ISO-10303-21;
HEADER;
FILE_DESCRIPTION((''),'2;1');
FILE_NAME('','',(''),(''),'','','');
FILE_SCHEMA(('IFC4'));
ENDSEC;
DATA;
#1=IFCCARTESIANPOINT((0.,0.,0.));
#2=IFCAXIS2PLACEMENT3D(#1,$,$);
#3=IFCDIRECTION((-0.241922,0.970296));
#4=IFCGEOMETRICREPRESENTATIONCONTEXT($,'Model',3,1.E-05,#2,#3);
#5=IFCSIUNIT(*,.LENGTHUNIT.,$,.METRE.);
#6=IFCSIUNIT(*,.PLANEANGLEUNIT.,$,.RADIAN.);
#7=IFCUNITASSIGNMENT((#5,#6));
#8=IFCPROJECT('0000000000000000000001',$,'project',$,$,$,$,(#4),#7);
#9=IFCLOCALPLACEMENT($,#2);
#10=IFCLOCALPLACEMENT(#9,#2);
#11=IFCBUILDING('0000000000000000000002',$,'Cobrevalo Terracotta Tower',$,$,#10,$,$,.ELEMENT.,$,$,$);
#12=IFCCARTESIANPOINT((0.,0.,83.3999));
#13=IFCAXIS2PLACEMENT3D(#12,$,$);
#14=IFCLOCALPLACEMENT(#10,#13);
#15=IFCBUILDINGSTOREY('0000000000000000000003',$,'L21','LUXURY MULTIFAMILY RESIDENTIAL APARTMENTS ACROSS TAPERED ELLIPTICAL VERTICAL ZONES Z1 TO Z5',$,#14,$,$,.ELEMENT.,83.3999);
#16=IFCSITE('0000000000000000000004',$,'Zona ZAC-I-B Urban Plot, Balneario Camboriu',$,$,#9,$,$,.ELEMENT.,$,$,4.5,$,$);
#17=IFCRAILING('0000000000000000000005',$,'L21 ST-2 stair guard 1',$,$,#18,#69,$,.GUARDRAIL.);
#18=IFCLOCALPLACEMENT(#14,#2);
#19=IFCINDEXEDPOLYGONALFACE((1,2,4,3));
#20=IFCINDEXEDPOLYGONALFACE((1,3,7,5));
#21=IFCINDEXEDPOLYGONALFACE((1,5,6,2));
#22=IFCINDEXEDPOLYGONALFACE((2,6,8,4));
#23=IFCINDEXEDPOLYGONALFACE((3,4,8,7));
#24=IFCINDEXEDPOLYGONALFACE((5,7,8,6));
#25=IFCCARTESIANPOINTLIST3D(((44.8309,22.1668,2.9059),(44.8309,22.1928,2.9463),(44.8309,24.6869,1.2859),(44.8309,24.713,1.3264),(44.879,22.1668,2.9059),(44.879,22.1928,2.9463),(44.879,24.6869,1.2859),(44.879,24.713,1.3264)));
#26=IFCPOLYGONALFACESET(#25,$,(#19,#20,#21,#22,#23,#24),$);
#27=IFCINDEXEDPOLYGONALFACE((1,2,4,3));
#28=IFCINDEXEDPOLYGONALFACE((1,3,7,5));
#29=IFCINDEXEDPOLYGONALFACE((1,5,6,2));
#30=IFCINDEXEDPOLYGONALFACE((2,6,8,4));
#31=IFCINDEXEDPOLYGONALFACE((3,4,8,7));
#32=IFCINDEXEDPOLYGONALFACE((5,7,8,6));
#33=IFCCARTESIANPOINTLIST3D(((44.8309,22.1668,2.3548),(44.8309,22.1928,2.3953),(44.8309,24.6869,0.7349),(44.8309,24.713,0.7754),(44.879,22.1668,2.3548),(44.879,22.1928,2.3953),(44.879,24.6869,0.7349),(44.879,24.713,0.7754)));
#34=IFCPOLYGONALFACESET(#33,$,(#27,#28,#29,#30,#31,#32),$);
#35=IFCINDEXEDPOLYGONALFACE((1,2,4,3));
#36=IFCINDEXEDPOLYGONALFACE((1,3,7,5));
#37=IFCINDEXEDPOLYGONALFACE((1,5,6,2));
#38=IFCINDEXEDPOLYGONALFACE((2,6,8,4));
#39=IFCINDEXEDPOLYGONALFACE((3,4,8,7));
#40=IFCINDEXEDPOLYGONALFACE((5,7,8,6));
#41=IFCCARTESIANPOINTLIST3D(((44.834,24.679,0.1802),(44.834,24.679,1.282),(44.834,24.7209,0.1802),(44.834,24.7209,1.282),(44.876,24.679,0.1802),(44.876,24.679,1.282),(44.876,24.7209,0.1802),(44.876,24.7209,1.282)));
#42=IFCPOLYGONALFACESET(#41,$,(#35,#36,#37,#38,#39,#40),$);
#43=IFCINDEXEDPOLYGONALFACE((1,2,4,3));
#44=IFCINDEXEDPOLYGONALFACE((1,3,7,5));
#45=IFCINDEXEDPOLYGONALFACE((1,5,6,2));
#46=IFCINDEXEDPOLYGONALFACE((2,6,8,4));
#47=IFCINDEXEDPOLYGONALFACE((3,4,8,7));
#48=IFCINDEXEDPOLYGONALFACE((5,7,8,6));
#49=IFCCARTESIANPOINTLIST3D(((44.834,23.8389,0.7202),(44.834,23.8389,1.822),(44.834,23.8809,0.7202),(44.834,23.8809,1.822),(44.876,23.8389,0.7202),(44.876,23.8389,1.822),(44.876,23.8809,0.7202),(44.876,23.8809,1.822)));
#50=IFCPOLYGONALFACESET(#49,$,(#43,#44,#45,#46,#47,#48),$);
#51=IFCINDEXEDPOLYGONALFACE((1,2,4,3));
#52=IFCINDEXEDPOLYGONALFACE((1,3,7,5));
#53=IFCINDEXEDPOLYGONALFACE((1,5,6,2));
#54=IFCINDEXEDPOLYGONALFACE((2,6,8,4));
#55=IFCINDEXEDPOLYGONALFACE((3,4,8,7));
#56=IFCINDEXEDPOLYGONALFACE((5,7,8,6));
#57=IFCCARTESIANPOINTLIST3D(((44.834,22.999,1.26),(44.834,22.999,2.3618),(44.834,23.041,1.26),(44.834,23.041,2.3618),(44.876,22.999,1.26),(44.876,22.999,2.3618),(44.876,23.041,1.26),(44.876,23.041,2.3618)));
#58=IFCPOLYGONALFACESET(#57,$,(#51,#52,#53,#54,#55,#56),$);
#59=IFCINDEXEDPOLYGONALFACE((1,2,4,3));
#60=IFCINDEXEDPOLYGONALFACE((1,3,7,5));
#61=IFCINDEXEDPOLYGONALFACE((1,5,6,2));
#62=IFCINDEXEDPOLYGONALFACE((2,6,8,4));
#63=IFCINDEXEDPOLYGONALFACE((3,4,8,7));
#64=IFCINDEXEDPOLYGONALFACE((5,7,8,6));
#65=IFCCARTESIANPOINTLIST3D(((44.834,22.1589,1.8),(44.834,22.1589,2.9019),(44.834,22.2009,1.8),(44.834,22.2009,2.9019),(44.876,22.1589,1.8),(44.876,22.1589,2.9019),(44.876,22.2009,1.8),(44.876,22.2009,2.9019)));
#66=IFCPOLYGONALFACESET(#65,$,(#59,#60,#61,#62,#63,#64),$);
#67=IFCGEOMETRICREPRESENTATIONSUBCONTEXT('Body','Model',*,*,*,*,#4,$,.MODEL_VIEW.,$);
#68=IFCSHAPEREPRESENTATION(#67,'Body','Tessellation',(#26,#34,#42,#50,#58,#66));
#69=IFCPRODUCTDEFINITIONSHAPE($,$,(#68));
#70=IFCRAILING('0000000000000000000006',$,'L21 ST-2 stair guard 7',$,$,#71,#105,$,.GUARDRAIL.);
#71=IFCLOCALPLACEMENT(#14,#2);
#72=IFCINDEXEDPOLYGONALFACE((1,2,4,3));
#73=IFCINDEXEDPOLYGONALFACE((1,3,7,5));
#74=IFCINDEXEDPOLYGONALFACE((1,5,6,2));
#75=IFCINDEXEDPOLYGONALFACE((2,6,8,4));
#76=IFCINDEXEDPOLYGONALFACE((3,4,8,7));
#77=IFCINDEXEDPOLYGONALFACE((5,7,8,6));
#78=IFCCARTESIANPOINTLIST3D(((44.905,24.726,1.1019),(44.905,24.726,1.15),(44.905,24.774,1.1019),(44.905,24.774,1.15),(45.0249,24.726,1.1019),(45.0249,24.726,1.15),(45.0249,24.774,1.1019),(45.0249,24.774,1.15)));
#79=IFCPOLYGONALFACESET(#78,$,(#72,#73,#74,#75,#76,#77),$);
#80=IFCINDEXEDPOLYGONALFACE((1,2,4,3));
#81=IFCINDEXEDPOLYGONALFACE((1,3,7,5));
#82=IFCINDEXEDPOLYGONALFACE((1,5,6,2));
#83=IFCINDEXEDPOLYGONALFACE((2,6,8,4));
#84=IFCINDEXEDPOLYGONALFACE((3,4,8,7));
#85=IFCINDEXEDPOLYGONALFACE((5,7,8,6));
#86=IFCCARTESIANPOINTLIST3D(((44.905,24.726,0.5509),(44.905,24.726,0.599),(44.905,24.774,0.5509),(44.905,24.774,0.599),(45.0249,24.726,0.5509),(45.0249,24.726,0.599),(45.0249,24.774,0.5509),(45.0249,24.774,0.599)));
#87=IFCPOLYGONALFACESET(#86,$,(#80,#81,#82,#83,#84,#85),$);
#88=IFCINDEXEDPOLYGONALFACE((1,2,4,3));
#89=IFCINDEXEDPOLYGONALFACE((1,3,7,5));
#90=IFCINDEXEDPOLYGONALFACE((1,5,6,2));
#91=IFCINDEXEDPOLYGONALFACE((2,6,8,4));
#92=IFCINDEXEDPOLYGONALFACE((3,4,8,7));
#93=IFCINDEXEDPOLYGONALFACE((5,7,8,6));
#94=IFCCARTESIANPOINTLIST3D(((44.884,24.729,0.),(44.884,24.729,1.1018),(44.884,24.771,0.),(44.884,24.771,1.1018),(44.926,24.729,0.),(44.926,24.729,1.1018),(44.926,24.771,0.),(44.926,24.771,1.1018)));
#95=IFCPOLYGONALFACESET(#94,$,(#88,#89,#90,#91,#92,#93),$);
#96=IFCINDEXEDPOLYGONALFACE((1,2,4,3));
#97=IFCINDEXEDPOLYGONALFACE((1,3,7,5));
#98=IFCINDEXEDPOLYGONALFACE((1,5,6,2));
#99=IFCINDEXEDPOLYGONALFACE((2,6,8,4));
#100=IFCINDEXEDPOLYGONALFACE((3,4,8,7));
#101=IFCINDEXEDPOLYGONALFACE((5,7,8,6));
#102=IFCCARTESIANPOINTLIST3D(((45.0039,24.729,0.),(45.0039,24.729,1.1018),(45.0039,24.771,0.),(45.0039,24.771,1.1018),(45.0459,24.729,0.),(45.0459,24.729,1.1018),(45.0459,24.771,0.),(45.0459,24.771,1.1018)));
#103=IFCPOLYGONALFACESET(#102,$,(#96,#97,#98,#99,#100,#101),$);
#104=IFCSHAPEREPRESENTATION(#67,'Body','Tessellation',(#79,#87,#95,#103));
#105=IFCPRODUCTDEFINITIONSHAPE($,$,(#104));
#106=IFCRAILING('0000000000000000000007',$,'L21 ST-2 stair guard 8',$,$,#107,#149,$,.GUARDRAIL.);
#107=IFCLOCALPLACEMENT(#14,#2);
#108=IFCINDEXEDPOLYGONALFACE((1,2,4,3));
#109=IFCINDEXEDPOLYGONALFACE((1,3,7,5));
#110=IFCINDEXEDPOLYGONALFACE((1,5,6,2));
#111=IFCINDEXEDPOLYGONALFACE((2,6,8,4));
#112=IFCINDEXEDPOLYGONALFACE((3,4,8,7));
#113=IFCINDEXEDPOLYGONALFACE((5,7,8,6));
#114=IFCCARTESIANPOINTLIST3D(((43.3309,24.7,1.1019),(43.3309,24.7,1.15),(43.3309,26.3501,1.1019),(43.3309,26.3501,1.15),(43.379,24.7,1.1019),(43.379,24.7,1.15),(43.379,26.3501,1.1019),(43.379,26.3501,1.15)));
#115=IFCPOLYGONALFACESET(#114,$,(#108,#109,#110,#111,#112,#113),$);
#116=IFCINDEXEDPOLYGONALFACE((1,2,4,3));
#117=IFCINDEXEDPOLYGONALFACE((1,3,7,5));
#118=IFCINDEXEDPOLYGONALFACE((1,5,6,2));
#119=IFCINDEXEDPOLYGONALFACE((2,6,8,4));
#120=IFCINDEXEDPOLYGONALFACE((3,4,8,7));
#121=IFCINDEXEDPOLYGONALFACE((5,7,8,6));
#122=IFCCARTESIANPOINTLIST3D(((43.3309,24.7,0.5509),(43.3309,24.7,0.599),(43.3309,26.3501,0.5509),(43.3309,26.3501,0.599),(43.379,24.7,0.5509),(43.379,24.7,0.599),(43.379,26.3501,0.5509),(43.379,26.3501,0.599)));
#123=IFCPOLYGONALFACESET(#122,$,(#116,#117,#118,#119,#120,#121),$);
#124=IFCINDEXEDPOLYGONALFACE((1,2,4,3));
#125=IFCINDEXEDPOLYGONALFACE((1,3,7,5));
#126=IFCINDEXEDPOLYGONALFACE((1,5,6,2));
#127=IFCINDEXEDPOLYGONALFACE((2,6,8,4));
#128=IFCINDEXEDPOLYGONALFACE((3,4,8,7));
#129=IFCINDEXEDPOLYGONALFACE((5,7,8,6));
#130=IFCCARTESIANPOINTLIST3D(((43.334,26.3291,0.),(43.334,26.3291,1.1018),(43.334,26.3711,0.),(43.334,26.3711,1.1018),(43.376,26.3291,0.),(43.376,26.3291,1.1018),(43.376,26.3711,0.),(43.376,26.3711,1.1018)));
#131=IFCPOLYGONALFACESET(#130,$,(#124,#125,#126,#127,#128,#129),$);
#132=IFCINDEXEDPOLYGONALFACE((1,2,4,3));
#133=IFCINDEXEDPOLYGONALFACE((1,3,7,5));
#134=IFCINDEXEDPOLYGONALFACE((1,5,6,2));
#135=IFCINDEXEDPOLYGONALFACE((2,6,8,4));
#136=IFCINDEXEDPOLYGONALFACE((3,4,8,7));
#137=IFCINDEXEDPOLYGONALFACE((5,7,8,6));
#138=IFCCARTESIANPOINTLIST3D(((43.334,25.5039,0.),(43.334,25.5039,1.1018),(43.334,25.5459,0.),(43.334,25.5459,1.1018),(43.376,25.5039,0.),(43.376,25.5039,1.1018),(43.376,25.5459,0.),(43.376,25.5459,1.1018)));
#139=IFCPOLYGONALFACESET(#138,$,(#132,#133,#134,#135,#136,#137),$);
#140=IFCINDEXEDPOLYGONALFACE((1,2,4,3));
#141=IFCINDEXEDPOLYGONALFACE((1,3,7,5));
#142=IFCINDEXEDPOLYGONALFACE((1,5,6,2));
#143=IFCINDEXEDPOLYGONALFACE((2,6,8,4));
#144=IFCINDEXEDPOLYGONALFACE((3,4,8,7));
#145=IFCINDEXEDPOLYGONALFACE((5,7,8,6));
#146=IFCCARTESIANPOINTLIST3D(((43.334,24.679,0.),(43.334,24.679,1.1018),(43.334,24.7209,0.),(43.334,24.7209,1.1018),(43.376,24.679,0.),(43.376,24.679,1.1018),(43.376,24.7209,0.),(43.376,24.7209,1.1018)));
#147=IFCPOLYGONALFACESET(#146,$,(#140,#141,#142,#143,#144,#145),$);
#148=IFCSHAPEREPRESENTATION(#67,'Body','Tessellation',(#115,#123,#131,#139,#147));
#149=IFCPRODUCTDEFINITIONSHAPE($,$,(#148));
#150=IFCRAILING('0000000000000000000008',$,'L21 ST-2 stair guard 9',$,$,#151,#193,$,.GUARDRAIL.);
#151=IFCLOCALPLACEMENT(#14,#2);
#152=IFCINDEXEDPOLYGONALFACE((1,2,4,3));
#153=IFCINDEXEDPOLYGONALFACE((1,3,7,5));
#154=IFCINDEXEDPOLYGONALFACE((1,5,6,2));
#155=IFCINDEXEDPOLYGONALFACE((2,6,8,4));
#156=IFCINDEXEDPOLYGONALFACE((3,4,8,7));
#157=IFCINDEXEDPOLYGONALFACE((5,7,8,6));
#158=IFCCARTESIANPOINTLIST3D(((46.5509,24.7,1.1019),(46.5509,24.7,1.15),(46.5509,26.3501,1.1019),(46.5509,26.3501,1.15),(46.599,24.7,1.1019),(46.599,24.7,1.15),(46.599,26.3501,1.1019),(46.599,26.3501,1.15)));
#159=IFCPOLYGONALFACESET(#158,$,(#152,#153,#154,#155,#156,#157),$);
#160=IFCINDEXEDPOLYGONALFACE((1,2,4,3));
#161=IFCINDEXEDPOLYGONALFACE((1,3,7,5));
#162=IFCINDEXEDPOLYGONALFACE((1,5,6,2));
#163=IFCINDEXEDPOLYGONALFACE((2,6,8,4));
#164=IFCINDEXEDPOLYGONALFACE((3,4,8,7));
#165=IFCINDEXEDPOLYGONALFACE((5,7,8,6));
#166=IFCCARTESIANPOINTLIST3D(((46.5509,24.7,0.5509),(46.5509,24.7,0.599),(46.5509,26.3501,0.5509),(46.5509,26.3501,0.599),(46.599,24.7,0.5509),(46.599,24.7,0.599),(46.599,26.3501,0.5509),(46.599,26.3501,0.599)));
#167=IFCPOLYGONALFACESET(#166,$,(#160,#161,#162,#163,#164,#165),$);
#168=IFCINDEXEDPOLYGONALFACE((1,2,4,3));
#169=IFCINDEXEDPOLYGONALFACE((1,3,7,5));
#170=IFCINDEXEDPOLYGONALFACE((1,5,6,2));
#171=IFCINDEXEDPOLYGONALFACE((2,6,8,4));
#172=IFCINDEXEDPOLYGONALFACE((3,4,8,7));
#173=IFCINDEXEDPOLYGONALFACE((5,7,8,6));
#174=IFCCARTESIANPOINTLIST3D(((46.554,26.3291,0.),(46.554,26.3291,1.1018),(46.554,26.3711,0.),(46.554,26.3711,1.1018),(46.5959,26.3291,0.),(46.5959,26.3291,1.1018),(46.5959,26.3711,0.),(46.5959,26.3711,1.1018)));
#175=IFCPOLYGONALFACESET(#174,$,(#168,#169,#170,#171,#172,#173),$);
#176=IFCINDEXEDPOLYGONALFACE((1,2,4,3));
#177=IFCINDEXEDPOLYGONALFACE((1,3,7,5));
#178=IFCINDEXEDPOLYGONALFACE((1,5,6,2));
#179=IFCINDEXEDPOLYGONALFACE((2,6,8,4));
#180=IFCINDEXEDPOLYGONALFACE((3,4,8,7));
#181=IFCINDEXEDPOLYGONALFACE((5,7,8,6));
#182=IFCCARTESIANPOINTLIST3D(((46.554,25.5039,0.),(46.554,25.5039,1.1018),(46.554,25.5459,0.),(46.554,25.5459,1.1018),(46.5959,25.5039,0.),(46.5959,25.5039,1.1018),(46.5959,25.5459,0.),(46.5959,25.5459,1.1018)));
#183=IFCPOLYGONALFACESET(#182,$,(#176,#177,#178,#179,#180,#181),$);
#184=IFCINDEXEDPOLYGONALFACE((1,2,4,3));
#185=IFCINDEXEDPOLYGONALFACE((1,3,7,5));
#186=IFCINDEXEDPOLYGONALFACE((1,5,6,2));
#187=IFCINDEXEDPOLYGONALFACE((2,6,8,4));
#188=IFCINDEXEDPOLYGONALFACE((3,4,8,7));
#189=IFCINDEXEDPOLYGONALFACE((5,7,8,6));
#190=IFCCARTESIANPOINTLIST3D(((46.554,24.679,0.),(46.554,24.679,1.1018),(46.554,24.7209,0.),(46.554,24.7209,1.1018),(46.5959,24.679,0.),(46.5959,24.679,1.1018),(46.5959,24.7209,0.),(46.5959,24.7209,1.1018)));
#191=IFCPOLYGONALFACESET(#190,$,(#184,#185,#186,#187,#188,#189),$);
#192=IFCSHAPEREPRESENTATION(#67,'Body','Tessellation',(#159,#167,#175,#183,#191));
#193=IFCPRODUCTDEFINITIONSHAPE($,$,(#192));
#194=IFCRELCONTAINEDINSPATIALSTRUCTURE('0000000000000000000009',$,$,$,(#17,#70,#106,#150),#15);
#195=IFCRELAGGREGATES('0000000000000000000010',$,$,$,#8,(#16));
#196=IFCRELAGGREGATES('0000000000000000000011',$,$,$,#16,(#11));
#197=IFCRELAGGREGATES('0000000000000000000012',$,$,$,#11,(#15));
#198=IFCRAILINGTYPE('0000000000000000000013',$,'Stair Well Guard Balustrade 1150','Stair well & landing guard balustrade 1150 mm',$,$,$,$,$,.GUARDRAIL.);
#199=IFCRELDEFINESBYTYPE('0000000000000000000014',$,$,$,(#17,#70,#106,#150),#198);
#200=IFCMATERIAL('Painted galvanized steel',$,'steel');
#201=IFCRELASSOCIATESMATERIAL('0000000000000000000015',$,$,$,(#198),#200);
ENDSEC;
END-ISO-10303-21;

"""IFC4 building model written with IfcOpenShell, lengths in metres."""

from ifc_helpers import new_model, si_unit, direction, frame, origin, origin_2d, place, context, subcontext, project, spatial, rectangle, extrude, material, type_object, element, save


model = new_model("IFC4")

# Units and contexts
model_context = context("Model", 3, precision=1e-05, world=origin(), true_north=direction((-0.241922, 0.970296)))
body_context = subcontext(model_context, "Body", "Model", "MODEL_VIEW")
ifc_project = project(units=[si_unit("LENGTHUNIT", "METRE"), si_unit("PLANEANGLEUNIT", "RADIAN")], contexts=[model_context])

# Site, building, storey
site_placement = place(None, origin())
site = spatial("IfcSite", under=ifc_project, at=site_placement, Name="Zona ZAC-I-B Urban Plot, Balneario Camboriu", CompositionType="ELEMENT", RefElevation=4.5)
building_placement = place(site_placement, origin())
building = spatial("IfcBuilding", under=site, at=building_placement, Name="Cobrevalo Terracotta Tower", CompositionType="ELEMENT")
storey_placement = place(building_placement, frame((0.0, 0.0, 83.3999)))
storey = spatial("IfcBuildingStorey", under=building, at=storey_placement, Name="L21", Description="LUXURY MULTIFAMILY RESIDENTIAL APARTMENTS ACROSS TAPERED ELLIPTICAL VERTICAL ZONES Z1 TO Z5", CompositionType="ELEMENT", Elevation=83.3999)

# Railings
ifc_material_1 = material(Name="Painted galvanized steel", Category="steel")
railing_type_1 = type_object("IfcRailingType", Name="Stair Well Guard Balustrade 1150", Description="Stair well & landing guard balustrade 1150 mm", PredefinedType="GUARDRAIL", material=ifc_material_1)
railing_1_placement = place(storey_placement, frame((44.855, 24.7, 0.1802)))
element("IfcRailing", 1, at=railing_1_placement, inside=storey, type_object=railing_type_1, Name="L21 ST-2 stair guard 1", PredefinedType="GUARDRAIL", context=body_context, shape_type="SweptSolid", body=[
    extrude(rectangle(XDim=0.0481, YDim=0.0481, at=origin_2d()), frame((0.0, 0.0, 1.126), z_axis=(0.0, -0.8412, 0.540725), x_axis=(1.0, 0.0, 0.0)), (0.0, 0.0, 1.0), 2.9958),
    extrude(rectangle(XDim=0.0481, YDim=0.0481, at=origin_2d()), frame((0.0, 0.0, 0.575), z_axis=(0.0, -0.8412, 0.540725), x_axis=(1.0, 0.0, 0.0)), (0.0, 0.0, 1.0), 2.9958),
    extrude(rectangle(XDim=0.042, YDim=0.042, at=origin_2d()), origin(), (0.0, 0.0, 1.0), 1.1018),
    extrude(rectangle(XDim=0.042, YDim=0.042, at=origin_2d()), frame((0.0, -0.8401, 0.54)), (0.0, 0.0, 1.0), 1.1018),
    extrude(rectangle(XDim=0.042, YDim=0.042, at=origin_2d()), frame((0.0, -1.6799, 1.0798)), (0.0, 0.0, 1.0), 1.1018),
    extrude(rectangle(XDim=0.042, YDim=0.042, at=origin_2d()), frame((0.0, -2.52, 1.6199)), (0.0, 0.0, 1.0), 1.1018),
])
railing_2_placement = place(storey_placement, frame((44.905, 24.75, 0.0)))
element("IfcRailing", 2, at=railing_2_placement, inside=storey, type_object=railing_type_1, Name="L21 ST-2 stair guard 7", PredefinedType="GUARDRAIL", context=body_context, shape_type="SweptSolid", body=[
    extrude(rectangle(XDim=0.0481, YDim=0.0481, at=origin_2d()), frame((0.0, 0.0, 1.126), z_axis=(1.0, 0.0, 0.0), x_axis=(0.0, 1.0, 0.0)), (0.0, 0.0, 1.0), 0.1199),
    extrude(rectangle(XDim=0.0481, YDim=0.0481, at=origin_2d()), frame((0.0, 0.0, 0.575), z_axis=(1.0, 0.0, 0.0), x_axis=(0.0, 1.0, 0.0)), (0.0, 0.0, 1.0), 0.1199),
    extrude(rectangle(XDim=0.042, YDim=0.042, at=origin_2d()), origin(), (0.0, 0.0, 1.0), 1.1018),
    extrude(rectangle(XDim=0.042, YDim=0.042, at=origin_2d()), frame((0.1199, 0.0, 0.0)), (0.0, 0.0, 1.0), 1.1018),
])
for number, where, name in (
    (3, (43.355, 26.3501, 0.0), "L21 ST-2 stair guard 8"),
    (4, (46.575, 26.3501, 0.0), "L21 ST-2 stair guard 9"),
):
    element("IfcRailing", number, at=place(storey_placement, frame(where)), inside=storey, type_object=railing_type_1, Name=name, PredefinedType="GUARDRAIL", context=body_context, shape_type="SweptSolid", body=[
        extrude(rectangle(XDim=0.0481, YDim=0.0481, at=origin_2d()), frame((0.0, 0.0, 1.126), z_axis=(0.0, -1.0, 0.0), x_axis=(1.0, 0.0, 0.0)), (0.0, 0.0, 1.0), 1.6501),
        extrude(rectangle(XDim=0.0481, YDim=0.0481, at=origin_2d()), frame((0.0, 0.0, 0.575), z_axis=(0.0, -1.0, 0.0), x_axis=(1.0, 0.0, 0.0)), (0.0, 0.0, 1.0), 1.6501),
        extrude(rectangle(XDim=0.042, YDim=0.042, at=origin_2d()), origin(), (0.0, 0.0, 1.0), 1.1018),
        extrude(rectangle(XDim=0.042, YDim=0.042, at=origin_2d()), frame((0.0, -0.8252, 0.0)), (0.0, 0.0, 1.0), 1.1018),
        extrude(rectangle(XDim=0.042, YDim=0.042, at=origin_2d()), frame((0.0, -1.6501, 0.0)), (0.0, 0.0, 1.0), 1.1018),
    ])

save(model, "model.ifc")
